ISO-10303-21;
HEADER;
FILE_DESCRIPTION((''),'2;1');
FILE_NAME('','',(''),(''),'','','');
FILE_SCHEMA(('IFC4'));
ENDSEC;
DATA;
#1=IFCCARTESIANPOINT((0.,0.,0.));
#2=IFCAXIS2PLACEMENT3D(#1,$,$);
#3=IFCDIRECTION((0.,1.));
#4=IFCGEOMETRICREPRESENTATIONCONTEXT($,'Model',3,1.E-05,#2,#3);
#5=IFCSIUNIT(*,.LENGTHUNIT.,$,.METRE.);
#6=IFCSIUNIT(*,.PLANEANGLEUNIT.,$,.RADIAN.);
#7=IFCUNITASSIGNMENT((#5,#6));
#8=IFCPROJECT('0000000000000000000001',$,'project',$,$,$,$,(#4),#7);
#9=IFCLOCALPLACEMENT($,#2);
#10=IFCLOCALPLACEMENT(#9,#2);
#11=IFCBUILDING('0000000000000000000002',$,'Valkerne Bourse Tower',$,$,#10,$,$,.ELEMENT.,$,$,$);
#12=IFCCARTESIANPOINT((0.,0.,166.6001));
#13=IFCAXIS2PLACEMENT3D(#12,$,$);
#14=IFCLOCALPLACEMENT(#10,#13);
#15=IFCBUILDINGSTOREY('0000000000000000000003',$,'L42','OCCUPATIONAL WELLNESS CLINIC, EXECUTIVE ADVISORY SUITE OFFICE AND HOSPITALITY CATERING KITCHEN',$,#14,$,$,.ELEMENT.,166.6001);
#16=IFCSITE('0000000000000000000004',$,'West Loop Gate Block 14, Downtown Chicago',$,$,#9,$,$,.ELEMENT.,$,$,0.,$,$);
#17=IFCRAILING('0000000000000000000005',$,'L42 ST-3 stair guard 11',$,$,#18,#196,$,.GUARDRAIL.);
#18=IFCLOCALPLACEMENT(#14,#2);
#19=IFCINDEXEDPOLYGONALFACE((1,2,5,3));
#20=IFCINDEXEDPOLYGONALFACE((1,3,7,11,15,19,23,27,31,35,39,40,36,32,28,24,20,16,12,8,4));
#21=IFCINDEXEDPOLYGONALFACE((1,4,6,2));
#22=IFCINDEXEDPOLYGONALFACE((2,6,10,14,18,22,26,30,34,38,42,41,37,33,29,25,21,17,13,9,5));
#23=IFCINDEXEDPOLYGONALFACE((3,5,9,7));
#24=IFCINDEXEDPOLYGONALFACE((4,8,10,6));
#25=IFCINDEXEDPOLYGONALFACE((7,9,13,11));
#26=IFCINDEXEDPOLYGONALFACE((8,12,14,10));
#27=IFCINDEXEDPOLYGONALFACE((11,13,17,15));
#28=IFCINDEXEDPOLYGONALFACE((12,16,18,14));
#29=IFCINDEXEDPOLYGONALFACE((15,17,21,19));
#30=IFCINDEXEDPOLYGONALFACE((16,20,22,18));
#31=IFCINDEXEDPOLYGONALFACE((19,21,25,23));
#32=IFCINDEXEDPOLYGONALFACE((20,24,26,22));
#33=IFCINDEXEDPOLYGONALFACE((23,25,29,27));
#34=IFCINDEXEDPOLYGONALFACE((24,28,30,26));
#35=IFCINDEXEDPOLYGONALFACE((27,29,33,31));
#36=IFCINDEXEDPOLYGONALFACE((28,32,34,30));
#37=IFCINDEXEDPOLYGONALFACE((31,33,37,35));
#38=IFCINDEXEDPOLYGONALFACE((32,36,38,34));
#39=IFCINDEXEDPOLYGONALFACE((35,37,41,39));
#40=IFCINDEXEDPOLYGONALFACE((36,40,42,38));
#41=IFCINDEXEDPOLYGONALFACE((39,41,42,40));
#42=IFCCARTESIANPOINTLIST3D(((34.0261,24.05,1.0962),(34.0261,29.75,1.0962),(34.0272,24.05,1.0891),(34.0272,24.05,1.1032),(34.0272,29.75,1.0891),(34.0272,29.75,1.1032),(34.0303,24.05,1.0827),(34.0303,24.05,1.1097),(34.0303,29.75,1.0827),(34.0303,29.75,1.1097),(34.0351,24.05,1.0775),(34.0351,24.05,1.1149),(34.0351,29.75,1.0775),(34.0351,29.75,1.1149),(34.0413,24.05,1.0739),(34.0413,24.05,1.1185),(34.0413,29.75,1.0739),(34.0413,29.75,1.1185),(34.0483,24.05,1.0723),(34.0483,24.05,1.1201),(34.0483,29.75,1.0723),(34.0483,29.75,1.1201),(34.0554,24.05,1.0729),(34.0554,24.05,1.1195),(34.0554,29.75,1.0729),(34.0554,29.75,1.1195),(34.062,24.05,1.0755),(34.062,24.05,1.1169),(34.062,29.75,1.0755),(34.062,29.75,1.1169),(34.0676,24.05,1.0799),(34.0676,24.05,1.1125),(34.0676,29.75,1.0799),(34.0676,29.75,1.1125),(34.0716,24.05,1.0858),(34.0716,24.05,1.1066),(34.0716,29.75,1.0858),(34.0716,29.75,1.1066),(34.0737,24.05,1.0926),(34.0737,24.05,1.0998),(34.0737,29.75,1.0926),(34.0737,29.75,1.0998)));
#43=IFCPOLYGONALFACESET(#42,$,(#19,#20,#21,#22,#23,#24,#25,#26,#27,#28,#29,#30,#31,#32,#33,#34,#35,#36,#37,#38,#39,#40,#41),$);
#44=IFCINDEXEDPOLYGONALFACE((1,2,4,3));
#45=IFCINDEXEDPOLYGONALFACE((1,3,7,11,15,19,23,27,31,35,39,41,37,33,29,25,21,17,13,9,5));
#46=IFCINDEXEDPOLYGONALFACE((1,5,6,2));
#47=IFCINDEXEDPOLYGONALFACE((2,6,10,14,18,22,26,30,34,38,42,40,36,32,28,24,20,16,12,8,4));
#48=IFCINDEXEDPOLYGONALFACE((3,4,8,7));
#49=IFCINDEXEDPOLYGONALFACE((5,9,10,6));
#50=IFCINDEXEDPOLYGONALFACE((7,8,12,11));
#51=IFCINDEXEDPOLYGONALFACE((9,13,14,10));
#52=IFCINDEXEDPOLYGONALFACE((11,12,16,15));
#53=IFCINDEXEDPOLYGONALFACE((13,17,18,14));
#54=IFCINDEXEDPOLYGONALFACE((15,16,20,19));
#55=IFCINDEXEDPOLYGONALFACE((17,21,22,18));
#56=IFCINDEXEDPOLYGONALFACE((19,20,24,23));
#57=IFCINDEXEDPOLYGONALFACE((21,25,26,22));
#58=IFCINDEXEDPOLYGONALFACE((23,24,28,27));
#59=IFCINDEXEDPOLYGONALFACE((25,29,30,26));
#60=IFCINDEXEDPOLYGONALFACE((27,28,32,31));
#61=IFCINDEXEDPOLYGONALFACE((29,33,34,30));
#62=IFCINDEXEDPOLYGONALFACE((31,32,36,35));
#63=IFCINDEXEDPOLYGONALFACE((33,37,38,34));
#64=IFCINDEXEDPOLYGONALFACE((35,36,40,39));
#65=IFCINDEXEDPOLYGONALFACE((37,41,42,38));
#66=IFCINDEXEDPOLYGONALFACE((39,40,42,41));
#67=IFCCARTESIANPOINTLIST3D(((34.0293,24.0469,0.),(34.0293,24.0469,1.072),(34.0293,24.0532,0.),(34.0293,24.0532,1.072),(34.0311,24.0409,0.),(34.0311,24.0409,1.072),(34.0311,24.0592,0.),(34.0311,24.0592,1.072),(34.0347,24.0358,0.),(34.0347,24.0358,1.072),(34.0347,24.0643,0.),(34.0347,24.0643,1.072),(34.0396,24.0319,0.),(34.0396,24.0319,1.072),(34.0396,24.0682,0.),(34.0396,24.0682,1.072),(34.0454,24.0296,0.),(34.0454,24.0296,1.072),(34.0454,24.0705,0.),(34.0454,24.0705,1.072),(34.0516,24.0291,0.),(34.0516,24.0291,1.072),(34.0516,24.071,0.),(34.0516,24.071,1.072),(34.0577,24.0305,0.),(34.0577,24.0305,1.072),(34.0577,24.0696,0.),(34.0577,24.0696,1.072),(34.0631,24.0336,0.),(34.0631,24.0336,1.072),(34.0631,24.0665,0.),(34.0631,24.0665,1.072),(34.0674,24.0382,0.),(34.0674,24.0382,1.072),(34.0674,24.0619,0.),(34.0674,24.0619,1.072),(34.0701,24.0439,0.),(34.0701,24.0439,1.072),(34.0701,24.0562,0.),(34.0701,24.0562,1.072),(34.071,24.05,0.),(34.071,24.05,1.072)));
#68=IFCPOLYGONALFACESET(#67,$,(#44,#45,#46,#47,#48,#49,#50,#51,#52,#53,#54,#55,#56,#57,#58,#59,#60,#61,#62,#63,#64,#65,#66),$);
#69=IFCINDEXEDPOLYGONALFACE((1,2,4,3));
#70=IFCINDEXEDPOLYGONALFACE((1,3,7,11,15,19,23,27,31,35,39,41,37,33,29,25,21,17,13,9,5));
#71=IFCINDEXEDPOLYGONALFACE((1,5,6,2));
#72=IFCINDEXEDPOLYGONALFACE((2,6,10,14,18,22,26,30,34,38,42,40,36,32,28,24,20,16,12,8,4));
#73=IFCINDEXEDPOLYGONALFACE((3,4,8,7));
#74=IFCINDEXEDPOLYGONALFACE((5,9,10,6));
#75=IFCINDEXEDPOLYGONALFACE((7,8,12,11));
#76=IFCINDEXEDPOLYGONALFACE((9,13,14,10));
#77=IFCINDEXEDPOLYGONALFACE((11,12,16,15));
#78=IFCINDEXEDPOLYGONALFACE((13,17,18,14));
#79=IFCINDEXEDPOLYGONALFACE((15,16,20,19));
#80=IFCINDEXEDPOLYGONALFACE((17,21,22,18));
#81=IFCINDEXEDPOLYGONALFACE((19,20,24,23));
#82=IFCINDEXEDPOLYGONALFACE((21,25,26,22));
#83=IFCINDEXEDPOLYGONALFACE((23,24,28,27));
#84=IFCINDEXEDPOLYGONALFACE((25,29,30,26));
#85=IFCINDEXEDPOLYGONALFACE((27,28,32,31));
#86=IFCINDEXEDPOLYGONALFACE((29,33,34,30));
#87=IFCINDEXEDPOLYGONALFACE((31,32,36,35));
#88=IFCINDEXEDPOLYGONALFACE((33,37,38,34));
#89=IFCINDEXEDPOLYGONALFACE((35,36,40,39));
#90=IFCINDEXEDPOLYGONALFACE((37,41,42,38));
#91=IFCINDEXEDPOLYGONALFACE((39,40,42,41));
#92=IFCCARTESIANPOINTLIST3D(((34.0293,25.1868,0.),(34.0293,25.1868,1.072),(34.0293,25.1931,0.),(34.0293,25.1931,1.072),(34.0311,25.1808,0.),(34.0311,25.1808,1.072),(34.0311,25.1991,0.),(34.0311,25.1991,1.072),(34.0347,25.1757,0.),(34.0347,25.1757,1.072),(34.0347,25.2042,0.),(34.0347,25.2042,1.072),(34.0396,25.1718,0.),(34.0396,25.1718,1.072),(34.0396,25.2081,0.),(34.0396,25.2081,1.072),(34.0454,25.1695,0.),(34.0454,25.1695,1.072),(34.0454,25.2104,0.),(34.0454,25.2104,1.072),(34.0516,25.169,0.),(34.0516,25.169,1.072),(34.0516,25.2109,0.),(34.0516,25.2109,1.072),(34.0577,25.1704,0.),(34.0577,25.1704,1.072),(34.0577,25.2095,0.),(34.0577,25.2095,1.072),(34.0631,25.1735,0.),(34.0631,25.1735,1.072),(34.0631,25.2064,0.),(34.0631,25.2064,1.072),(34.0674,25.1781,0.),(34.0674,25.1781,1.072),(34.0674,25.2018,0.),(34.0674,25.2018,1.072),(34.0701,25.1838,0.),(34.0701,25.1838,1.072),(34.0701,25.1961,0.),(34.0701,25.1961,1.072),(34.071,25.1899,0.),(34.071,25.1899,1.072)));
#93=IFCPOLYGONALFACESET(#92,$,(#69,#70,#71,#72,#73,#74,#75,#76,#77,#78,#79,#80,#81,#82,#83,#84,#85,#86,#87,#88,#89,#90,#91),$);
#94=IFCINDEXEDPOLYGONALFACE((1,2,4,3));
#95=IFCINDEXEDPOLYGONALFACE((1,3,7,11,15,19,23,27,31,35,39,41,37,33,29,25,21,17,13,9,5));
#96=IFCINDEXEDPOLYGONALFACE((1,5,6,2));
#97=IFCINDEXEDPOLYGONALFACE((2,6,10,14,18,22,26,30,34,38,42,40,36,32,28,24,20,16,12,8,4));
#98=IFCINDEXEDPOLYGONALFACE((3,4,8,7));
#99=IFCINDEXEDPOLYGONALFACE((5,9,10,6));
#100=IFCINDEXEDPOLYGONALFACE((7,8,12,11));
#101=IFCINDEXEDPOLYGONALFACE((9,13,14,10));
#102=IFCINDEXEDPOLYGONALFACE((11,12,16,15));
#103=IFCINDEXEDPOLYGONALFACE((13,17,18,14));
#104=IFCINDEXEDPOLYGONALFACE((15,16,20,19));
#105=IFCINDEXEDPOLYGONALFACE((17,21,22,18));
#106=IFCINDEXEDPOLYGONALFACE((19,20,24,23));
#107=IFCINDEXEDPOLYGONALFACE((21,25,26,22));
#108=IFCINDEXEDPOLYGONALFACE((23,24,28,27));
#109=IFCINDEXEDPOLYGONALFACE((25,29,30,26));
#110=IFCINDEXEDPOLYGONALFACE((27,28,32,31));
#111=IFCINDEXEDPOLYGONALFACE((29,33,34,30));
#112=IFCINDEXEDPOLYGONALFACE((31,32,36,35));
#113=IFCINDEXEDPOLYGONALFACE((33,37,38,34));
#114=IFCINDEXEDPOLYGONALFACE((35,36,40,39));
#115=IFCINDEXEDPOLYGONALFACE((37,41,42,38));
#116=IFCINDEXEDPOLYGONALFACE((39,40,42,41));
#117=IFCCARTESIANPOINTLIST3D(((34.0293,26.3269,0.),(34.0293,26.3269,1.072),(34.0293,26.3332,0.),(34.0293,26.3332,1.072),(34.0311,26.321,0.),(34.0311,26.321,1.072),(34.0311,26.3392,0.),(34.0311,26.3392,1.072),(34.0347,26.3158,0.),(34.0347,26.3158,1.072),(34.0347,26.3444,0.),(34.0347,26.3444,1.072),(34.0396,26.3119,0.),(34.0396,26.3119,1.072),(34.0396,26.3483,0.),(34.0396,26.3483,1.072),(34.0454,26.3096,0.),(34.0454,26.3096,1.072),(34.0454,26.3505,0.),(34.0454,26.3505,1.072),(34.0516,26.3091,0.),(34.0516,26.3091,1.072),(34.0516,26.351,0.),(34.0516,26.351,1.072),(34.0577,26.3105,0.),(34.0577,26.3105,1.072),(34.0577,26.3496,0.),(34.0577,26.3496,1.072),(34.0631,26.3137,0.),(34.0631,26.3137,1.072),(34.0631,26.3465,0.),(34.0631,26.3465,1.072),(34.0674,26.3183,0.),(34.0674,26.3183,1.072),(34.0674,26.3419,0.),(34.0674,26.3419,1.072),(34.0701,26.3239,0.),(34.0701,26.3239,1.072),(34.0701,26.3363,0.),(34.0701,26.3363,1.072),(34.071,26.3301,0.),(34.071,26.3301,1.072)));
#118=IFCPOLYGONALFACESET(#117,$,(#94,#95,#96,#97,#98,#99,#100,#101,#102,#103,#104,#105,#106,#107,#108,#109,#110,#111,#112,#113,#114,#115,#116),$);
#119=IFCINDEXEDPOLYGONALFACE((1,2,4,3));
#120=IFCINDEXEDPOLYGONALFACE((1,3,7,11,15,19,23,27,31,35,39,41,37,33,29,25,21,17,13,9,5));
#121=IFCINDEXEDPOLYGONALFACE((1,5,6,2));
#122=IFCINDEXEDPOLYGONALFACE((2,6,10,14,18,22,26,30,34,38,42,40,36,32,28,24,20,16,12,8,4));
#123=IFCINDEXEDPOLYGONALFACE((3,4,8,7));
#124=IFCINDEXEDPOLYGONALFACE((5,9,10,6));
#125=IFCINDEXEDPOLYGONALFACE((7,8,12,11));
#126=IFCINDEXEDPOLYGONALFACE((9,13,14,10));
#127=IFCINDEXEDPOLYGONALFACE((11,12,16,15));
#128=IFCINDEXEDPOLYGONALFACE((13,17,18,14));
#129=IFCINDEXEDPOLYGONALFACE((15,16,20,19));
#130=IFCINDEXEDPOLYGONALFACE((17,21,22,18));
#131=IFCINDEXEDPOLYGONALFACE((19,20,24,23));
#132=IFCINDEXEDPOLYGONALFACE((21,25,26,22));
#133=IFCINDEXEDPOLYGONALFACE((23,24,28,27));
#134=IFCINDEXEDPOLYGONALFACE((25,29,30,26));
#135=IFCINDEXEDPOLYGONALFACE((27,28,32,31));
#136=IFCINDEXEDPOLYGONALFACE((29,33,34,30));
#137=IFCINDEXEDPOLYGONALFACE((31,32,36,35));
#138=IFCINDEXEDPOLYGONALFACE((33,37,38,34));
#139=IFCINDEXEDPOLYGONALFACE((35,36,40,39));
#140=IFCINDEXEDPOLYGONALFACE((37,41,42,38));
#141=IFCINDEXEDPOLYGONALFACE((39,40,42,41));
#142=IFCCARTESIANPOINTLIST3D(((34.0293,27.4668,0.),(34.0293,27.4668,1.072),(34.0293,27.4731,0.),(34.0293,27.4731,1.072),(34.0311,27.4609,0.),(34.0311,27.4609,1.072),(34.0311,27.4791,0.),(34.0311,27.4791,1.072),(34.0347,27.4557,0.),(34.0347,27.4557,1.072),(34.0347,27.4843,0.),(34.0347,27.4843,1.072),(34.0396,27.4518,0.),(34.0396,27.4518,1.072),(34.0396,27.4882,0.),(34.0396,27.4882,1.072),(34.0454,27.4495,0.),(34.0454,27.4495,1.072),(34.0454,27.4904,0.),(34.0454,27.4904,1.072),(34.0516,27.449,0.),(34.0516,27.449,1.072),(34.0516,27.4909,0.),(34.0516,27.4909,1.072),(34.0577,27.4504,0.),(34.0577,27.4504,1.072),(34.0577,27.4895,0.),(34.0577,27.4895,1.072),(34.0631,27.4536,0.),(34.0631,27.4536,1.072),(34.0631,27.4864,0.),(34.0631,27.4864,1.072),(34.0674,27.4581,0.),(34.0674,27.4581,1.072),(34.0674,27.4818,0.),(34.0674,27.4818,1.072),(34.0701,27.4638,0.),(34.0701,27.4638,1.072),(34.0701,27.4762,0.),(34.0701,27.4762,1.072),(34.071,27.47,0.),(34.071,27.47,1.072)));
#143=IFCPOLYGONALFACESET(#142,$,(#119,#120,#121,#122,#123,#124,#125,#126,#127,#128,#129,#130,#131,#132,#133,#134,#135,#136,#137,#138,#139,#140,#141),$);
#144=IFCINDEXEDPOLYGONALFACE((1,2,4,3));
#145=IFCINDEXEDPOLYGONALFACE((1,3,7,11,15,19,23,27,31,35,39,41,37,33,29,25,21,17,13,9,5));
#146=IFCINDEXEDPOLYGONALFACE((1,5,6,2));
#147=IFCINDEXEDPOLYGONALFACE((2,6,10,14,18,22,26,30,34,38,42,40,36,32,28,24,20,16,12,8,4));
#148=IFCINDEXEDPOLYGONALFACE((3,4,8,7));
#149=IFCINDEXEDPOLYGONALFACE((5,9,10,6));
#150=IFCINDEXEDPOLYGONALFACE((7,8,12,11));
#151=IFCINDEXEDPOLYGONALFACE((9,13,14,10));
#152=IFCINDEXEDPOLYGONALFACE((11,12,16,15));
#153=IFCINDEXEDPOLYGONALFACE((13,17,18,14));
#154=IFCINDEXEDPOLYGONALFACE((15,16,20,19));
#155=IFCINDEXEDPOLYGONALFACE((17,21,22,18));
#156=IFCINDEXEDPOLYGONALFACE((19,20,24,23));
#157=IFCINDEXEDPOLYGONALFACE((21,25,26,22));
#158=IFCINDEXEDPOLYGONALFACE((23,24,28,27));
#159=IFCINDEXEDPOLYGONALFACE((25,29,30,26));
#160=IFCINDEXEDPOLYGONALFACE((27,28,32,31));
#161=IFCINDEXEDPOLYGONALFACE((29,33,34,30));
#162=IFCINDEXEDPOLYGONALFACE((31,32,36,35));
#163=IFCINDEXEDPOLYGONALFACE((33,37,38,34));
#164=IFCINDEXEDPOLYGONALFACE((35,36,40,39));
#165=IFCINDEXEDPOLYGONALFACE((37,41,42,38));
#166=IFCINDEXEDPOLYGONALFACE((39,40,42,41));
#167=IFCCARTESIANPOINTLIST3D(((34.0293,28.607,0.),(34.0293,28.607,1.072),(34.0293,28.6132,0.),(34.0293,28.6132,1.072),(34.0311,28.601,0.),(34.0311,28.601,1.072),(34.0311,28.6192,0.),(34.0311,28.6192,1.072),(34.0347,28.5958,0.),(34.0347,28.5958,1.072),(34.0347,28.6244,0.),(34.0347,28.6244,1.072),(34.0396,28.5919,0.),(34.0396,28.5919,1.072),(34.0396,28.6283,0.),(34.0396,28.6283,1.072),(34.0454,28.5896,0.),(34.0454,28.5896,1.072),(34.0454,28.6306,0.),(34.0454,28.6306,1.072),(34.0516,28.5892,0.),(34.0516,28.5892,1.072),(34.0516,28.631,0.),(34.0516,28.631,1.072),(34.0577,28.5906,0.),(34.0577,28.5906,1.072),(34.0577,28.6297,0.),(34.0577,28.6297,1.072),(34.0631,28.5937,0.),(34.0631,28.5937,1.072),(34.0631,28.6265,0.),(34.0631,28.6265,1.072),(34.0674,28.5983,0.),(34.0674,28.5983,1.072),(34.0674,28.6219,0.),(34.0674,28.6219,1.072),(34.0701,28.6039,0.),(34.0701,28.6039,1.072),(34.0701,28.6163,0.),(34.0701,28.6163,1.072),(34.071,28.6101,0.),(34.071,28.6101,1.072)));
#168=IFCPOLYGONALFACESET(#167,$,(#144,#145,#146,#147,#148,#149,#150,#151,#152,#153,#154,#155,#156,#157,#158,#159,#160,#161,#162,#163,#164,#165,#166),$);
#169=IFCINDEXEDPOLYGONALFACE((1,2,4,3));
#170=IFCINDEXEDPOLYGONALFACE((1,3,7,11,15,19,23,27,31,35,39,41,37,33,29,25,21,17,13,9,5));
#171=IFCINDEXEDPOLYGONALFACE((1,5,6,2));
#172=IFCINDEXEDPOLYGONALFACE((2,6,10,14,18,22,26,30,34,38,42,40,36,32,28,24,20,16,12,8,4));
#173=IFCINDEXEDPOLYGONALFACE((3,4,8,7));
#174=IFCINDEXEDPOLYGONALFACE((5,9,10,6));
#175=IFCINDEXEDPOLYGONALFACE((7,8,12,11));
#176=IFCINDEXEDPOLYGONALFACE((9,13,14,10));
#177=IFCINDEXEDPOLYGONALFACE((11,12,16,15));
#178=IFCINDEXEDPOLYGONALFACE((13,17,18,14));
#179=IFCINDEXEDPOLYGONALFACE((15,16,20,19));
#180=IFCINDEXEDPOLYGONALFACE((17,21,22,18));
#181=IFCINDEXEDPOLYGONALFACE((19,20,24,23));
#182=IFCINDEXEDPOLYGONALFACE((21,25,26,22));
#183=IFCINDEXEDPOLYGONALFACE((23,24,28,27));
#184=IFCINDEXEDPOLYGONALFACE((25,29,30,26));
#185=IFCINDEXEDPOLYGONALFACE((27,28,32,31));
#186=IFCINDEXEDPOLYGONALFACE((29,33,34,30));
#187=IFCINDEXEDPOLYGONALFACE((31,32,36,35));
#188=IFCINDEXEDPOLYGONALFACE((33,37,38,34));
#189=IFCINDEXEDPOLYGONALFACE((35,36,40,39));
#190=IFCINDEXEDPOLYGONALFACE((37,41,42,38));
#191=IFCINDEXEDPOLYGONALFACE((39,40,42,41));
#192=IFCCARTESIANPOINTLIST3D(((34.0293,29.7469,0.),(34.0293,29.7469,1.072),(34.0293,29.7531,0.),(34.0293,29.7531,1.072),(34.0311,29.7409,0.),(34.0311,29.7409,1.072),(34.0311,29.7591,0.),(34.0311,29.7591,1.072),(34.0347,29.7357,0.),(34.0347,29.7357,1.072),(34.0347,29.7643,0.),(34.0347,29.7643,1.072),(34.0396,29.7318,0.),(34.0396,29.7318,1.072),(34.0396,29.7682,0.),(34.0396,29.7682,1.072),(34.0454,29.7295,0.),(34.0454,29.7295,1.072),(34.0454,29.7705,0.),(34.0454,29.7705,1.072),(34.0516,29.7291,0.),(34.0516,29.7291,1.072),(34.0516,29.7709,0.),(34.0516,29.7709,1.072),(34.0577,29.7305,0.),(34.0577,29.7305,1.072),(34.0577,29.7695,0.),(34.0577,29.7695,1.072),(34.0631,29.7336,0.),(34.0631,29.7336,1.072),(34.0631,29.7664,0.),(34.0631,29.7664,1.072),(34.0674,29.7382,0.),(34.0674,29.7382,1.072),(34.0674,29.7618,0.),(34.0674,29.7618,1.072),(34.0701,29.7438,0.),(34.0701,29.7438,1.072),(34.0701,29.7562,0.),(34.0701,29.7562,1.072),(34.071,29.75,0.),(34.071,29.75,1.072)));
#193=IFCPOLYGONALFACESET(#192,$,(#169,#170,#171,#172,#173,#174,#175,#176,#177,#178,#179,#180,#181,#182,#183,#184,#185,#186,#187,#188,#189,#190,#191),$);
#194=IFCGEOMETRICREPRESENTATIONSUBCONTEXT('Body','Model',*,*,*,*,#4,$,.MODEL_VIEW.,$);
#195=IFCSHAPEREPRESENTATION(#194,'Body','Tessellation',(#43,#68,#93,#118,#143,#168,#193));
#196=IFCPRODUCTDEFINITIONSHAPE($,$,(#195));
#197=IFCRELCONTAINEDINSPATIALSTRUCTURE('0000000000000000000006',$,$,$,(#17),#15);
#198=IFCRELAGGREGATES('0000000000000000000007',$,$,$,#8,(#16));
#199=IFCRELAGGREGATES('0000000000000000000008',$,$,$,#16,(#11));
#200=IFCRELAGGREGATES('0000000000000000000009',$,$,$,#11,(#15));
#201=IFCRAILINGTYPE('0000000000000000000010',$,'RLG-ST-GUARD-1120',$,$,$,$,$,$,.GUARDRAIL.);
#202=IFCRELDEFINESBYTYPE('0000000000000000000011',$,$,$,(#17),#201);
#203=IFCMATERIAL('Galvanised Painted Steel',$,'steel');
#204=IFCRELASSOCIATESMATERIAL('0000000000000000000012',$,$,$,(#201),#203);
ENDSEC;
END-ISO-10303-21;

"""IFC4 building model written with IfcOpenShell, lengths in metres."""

from ifc_helpers import new_model, si_unit, direction, frame, origin, origin_2d, place, context, subcontext, project, spatial, circle, extrude, material, type_object, element, save


model = new_model("IFC4")

# Units and contexts
model_context = context("Model", 3, precision=1e-05, world=origin(), true_north=direction((0.0, 1.0)))
body_context = subcontext(model_context, "Body", "Model", "MODEL_VIEW")
ifc_project = project(units=[si_unit("LENGTHUNIT", "METRE"), si_unit("PLANEANGLEUNIT", "RADIAN")], contexts=[model_context])

# Site, building, storey
site_placement = place(None, origin())
site = spatial("IfcSite", under=ifc_project, at=site_placement, Name="West Loop Gate Block 14, Downtown Chicago", CompositionType="ELEMENT", RefElevation=0.0)
building_placement = place(site_placement, origin())
building = spatial("IfcBuilding", under=site, at=building_placement, Name="Valkerne Bourse Tower", CompositionType="ELEMENT")
storey_placement = place(building_placement, frame((0.0, 0.0, 166.6001)))
storey = spatial("IfcBuildingStorey", under=building, at=storey_placement, Name="L42", Description="OCCUPATIONAL WELLNESS CLINIC, EXECUTIVE ADVISORY SUITE OFFICE AND HOSPITALITY CATERING KITCHEN", CompositionType="ELEMENT", Elevation=166.6001)

# Railing
ifc_material_1 = material(Name="Galvanised Painted Steel", Category="steel")
railing_type_1 = type_object("IfcRailingType", Name="RLG-ST-GUARD-1120", PredefinedType="GUARDRAIL", material=ifc_material_1)
for number, where, name in (
    (1, (34.05, 24.05, 0.0), "L42 ST-3 stair guard 11"),
):
    element("IfcRailing", number, at=place(storey_placement, frame(where)), inside=storey, type_object=railing_type_1, Name=name, PredefinedType="GUARDRAIL", context=body_context, shape_type="SweptSolid", body=[
        extrude(circle(Radius=0.0239, at=origin_2d()), frame((0.0, 0.0, 1.0962), z_axis=(0.0, 1.0, 0.0), x_axis=(-1.0, 0.0, 0.0)), (0.0, 0.0, 1.0), 5.7),
        extrude(circle(Radius=0.021, at=origin_2d()), origin(), (0.0, 0.0, 1.0), 1.072),
        extrude(circle(Radius=0.021, at=origin_2d()), frame((0.0, 1.1399, 0.0)), (0.0, 0.0, 1.0), 1.072),
        extrude(circle(Radius=0.021, at=origin_2d()), frame((0.0, 2.28, 0.0)), (0.0, 0.0, 1.0), 1.072),
        extrude(circle(Radius=0.021, at=origin_2d()), frame((0.0, 3.4199, 0.0)), (0.0, 0.0, 1.0), 1.072),
        extrude(circle(Radius=0.021, at=origin_2d()), frame((0.0, 4.5601, 0.0)), (0.0, 0.0, 1.0), 1.072),
        extrude(circle(Radius=0.021, at=origin_2d()), frame((0.0, 5.7, 0.0)), (0.0, 0.0, 1.0), 1.072),
    ])

save(model, "model.ifc")
